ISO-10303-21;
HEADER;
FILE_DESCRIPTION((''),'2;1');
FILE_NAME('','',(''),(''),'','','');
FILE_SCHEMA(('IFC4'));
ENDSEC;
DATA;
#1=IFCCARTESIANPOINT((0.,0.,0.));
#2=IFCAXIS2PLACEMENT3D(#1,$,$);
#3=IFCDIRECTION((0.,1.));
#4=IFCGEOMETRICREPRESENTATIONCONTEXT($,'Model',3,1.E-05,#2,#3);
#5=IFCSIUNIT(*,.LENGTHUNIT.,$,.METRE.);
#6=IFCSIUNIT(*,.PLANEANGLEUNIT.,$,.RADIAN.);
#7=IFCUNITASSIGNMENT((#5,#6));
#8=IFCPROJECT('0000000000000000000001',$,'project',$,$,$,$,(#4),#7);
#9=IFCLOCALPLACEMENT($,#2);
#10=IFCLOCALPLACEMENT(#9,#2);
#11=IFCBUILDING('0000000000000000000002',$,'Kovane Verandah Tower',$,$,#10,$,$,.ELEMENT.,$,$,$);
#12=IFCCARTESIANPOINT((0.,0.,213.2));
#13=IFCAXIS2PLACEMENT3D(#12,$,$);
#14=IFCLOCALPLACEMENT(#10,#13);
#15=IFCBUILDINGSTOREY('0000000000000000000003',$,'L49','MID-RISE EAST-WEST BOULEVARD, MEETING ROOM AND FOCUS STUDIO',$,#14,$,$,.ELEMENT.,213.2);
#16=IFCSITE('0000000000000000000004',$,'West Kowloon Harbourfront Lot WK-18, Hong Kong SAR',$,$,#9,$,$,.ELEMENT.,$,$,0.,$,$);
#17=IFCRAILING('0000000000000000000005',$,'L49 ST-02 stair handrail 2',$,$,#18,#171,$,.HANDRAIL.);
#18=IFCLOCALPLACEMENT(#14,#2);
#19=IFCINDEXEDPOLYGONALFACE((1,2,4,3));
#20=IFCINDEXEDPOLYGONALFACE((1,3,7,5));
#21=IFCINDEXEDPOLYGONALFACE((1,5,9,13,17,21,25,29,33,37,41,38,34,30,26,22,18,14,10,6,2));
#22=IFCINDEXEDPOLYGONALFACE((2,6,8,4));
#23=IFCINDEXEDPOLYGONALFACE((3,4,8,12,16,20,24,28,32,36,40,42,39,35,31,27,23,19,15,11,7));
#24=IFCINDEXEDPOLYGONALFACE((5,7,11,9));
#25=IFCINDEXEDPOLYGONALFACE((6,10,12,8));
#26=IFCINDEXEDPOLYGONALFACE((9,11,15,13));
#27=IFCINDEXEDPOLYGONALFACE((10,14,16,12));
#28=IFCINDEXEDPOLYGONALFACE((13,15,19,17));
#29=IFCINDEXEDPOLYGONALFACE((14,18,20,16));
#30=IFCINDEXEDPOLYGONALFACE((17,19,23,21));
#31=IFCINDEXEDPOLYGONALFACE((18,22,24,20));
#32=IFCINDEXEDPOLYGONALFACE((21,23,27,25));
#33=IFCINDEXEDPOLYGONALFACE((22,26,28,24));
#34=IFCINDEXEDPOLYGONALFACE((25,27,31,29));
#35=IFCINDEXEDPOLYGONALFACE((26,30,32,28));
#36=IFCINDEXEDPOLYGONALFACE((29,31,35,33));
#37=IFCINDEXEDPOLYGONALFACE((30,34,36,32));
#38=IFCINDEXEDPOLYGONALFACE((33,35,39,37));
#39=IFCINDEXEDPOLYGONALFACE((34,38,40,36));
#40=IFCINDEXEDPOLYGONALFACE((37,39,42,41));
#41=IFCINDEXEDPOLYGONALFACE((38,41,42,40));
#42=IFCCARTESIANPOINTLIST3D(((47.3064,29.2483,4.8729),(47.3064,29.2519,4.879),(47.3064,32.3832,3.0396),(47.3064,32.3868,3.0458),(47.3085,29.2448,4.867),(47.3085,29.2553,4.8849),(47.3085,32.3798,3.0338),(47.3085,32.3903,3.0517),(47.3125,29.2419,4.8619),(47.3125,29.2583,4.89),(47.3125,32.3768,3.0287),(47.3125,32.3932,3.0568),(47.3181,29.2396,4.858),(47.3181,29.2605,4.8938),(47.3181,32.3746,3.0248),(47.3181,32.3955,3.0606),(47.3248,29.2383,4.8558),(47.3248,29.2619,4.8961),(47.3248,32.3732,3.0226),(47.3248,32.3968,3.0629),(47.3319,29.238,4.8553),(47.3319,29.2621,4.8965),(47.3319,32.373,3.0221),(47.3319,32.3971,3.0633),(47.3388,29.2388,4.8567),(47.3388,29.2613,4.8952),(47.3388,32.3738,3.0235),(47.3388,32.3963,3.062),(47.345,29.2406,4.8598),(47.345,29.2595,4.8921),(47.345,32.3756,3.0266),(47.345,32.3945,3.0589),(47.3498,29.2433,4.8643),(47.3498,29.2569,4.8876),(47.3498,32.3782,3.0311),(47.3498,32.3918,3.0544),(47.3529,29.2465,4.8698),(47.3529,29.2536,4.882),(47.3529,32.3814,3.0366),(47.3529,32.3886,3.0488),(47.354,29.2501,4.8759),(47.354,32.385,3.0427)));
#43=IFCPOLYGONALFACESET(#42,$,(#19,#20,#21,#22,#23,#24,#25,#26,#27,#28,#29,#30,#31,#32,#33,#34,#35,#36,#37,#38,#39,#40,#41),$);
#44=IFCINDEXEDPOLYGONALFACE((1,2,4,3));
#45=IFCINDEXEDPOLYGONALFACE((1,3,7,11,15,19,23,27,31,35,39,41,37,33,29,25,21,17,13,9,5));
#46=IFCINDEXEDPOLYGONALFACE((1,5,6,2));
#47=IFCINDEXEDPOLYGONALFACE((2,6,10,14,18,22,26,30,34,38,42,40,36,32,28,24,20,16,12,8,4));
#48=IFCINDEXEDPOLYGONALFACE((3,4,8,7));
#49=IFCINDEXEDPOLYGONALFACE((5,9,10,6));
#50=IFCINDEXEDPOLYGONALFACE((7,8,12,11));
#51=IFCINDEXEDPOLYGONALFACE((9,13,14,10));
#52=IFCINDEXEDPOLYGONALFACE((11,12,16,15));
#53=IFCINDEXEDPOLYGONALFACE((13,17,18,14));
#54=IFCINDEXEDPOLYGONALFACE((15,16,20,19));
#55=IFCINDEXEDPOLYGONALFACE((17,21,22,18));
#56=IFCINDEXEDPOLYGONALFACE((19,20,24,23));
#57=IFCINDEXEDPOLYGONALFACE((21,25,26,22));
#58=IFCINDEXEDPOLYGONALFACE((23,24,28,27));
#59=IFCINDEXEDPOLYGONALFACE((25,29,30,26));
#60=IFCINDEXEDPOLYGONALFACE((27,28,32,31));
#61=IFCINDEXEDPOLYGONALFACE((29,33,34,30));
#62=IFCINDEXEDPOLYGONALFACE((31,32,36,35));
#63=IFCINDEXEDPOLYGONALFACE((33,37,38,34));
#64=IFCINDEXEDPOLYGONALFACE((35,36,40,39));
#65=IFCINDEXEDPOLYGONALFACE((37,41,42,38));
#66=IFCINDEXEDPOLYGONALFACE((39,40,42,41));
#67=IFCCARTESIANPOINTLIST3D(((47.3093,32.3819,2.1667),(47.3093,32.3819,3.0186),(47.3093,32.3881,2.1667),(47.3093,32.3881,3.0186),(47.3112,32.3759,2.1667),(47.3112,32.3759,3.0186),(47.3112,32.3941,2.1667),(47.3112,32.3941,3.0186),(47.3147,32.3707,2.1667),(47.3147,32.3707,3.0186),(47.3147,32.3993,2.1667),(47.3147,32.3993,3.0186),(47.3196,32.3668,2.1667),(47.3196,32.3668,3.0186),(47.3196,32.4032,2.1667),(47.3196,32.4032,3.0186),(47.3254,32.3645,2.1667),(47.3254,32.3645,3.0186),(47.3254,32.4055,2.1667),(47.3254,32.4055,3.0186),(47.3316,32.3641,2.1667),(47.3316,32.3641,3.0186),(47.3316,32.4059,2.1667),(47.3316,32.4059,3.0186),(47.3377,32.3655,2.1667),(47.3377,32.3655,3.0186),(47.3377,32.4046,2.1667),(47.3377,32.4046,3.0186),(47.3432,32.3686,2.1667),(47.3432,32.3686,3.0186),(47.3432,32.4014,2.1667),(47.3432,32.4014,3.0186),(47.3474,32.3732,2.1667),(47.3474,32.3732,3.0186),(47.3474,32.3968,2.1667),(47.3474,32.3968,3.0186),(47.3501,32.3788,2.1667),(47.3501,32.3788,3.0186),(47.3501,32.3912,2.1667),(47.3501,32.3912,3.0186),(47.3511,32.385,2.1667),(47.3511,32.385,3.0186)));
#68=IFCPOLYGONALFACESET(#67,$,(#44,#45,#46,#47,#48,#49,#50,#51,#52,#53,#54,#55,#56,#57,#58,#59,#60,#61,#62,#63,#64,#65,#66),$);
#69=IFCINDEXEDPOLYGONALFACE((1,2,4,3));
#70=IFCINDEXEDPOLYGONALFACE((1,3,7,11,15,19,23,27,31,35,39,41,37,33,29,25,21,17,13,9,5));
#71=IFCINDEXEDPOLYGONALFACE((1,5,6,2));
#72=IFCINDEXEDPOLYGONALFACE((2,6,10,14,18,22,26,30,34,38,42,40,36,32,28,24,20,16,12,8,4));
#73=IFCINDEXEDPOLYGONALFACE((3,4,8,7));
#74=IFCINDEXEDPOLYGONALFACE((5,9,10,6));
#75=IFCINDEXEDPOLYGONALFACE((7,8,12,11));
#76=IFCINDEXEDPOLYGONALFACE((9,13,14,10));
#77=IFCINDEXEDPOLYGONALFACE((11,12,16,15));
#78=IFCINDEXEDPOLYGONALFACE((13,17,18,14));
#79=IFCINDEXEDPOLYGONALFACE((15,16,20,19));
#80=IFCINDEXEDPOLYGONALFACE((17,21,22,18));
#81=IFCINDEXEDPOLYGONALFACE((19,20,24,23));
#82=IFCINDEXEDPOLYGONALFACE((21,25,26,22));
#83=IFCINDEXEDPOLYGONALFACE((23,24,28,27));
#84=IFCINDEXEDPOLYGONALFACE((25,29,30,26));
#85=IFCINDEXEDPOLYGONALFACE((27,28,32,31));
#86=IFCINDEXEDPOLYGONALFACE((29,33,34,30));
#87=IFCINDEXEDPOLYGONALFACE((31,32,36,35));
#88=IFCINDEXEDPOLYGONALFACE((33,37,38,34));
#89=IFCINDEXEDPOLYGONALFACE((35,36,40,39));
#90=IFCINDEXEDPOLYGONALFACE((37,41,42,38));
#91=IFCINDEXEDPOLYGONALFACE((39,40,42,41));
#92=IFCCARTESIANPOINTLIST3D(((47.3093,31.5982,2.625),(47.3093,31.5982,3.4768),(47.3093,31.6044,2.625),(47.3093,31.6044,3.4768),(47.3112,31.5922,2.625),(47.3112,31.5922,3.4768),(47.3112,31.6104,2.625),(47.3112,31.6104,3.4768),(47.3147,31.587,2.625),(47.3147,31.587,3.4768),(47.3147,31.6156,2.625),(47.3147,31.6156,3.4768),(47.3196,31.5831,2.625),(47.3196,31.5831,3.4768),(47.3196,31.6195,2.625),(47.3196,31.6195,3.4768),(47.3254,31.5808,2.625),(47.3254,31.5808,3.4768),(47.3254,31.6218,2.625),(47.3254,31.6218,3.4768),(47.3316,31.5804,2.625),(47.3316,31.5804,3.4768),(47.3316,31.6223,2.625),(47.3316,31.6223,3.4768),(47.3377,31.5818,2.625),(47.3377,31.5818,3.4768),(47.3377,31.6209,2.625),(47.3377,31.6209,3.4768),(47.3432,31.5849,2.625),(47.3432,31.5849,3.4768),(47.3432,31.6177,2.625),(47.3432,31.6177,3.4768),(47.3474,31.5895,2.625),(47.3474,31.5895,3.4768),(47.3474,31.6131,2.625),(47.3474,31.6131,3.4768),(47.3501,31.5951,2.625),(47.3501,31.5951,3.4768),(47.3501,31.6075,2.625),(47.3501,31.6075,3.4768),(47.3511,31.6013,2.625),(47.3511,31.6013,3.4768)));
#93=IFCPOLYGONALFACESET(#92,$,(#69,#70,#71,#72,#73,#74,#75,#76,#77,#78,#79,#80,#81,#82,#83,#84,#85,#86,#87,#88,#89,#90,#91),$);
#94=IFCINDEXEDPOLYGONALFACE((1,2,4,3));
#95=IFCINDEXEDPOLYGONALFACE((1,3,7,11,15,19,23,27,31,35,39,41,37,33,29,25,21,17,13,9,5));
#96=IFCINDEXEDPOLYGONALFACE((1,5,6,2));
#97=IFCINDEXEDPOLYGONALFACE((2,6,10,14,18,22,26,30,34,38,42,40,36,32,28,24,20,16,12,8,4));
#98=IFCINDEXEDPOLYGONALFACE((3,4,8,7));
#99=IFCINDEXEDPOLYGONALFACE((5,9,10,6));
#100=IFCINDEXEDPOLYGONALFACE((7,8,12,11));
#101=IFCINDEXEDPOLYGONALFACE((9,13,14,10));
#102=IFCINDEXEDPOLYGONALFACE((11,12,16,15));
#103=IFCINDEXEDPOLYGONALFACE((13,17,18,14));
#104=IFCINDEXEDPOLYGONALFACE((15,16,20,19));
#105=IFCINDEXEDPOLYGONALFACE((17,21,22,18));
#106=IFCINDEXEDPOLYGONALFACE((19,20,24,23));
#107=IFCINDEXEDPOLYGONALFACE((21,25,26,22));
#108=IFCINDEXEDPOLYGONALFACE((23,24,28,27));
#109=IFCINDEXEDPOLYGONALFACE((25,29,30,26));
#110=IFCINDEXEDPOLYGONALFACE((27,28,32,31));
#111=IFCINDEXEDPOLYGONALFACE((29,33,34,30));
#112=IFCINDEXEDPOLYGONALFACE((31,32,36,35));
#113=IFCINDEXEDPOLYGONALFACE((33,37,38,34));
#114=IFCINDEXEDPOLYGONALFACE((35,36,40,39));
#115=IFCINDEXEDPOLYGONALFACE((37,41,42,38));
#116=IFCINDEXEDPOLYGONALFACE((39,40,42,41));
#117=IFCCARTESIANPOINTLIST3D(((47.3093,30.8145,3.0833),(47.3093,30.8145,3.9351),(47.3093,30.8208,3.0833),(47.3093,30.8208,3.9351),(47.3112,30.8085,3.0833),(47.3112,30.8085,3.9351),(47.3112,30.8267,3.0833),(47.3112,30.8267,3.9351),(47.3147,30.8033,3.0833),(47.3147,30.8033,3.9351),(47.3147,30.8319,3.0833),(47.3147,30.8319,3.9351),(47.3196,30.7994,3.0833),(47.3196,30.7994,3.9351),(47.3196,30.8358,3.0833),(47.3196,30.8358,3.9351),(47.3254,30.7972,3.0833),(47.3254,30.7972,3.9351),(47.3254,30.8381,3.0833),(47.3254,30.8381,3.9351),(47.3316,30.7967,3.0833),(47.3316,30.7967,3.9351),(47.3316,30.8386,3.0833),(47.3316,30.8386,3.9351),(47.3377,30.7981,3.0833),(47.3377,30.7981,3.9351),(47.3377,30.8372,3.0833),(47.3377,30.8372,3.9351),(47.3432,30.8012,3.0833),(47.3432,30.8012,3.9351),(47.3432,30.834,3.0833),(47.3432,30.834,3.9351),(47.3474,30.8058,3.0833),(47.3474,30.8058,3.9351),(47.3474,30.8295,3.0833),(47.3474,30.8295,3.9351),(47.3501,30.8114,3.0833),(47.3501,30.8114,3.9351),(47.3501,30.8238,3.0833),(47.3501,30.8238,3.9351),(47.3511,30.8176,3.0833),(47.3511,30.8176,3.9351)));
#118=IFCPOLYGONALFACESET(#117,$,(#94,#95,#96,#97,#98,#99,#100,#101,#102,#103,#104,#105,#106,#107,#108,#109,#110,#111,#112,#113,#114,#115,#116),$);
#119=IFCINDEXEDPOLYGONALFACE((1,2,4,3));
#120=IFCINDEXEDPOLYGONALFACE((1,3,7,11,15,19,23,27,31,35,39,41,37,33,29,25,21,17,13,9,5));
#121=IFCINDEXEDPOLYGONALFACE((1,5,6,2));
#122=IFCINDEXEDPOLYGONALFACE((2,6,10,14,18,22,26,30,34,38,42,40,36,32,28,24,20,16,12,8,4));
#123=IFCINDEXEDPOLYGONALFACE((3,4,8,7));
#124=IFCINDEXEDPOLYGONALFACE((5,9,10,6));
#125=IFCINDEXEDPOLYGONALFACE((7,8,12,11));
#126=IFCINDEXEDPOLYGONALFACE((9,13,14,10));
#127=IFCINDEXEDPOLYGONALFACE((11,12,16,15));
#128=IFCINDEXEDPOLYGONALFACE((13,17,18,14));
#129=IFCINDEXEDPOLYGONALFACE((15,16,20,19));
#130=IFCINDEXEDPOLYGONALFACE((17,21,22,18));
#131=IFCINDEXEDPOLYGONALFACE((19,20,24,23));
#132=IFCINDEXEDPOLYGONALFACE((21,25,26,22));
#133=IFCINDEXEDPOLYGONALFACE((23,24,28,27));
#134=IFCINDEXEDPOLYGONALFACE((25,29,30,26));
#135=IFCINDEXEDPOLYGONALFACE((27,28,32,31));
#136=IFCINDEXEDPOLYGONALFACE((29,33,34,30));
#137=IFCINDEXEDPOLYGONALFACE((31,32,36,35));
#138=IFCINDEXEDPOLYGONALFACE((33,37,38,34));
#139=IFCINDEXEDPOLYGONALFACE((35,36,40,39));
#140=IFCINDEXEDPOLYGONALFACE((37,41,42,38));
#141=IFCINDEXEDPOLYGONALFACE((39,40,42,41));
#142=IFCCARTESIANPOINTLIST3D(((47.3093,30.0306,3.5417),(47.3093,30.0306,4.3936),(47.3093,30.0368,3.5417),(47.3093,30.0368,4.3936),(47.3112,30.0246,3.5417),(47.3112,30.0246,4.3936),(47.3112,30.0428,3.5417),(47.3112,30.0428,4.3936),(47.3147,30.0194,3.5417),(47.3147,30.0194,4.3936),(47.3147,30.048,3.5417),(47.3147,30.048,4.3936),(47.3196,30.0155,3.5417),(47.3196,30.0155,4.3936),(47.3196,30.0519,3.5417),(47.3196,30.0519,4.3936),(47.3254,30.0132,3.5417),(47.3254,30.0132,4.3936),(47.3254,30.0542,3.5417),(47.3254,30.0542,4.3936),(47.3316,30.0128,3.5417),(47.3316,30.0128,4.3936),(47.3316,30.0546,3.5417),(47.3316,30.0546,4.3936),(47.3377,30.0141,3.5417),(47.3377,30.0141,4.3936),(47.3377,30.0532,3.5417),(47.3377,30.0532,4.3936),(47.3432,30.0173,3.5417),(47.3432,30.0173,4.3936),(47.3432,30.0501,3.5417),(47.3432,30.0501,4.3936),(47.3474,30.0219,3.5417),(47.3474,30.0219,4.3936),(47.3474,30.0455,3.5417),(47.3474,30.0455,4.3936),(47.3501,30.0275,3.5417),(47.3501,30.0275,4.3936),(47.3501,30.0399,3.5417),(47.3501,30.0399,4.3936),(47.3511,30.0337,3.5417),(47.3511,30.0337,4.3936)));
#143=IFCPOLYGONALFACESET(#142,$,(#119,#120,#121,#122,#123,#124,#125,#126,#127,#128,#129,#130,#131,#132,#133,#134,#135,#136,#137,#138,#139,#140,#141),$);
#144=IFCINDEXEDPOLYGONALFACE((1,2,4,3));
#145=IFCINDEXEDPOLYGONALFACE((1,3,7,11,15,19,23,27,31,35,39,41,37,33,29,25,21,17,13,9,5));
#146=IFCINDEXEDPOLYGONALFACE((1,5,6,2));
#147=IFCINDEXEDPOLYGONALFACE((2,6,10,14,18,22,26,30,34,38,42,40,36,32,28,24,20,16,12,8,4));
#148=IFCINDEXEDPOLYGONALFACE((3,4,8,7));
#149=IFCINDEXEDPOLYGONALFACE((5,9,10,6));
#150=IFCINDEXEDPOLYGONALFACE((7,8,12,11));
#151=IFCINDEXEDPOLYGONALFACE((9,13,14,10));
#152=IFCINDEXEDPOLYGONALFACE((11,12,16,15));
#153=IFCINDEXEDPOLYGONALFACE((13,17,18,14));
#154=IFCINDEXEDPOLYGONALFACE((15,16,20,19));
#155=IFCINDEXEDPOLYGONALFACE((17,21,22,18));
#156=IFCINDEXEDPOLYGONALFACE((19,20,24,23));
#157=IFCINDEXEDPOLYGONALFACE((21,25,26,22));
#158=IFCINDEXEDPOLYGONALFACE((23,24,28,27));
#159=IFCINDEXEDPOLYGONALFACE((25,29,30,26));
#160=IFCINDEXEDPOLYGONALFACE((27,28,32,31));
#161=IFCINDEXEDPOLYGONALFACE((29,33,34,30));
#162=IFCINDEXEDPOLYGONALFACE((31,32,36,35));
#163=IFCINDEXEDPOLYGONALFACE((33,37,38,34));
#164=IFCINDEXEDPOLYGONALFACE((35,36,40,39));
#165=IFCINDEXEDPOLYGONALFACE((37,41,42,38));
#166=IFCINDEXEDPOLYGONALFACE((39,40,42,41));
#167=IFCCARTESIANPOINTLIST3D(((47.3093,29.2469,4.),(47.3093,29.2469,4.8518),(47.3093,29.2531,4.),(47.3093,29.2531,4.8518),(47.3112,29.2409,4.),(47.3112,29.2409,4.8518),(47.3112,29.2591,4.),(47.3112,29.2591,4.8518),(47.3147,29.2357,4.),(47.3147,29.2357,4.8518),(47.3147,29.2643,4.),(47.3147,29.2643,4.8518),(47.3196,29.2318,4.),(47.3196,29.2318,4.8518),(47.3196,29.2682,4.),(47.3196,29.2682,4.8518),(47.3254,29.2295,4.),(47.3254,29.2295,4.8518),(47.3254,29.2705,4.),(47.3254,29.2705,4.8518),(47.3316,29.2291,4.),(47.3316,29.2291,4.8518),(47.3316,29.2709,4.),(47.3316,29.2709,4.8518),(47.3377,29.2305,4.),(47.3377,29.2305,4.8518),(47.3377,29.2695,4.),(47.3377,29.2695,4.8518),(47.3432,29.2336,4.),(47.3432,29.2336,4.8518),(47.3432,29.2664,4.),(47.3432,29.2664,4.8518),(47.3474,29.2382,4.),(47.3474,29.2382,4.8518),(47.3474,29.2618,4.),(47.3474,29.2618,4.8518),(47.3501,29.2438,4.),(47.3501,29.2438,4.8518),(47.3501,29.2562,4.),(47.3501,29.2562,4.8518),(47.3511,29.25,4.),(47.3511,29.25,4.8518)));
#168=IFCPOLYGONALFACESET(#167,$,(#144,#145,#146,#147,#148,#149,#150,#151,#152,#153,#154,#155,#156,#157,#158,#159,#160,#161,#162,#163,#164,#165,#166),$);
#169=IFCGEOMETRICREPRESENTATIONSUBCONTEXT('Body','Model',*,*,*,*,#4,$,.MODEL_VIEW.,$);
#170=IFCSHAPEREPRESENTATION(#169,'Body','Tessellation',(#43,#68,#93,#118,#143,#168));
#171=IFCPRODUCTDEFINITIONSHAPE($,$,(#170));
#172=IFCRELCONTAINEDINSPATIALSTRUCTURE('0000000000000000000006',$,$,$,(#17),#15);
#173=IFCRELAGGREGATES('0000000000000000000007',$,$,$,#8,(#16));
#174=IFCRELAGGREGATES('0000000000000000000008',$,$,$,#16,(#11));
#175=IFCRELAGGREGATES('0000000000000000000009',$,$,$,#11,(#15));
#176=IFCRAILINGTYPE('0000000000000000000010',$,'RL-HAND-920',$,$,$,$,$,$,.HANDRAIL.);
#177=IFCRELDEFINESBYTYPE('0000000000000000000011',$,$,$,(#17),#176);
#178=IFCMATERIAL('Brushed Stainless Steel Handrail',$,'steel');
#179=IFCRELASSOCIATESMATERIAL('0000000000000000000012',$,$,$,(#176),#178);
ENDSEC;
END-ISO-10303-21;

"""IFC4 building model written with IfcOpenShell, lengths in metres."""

from ifc_helpers import new_model, si_unit, direction, frame, origin, origin_2d, place, context, subcontext, project, spatial, circle, extrude, material, type_object, element, save


model = new_model("IFC4")

# Units and contexts
model_context = context("Model", 3, precision=1e-05, world=origin(), true_north=direction((0.0, 1.0)))
body_context = subcontext(model_context, "Body", "Model", "MODEL_VIEW")
ifc_project = project(units=[si_unit("LENGTHUNIT", "METRE"), si_unit("PLANEANGLEUNIT", "RADIAN")], contexts=[model_context])

# Site, building, storey
site_placement = place(None, origin())
site = spatial("IfcSite", under=ifc_project, at=site_placement, Name="West Kowloon Harbourfront Lot WK-18, Hong Kong SAR", CompositionType="ELEMENT", RefElevation=0.0)
building_placement = place(site_placement, origin())
building = spatial("IfcBuilding", under=site, at=building_placement, Name="Kovane Verandah Tower", CompositionType="ELEMENT")
storey_placement = place(building_placement, frame((0.0, 0.0, 213.2)))
storey = spatial("IfcBuildingStorey", under=building, at=storey_placement, Name="L49", Description="MID-RISE EAST-WEST BOULEVARD, MEETING ROOM AND FOCUS STUDIO", CompositionType="ELEMENT", Elevation=213.2)

# Railing
ifc_material_1 = material(Name="Brushed Stainless Steel Handrail", Category="steel")
railing_type_1 = type_object("IfcRailingType", Name="RL-HAND-920", PredefinedType="HANDRAIL", material=ifc_material_1)
railing_1_placement = place(storey_placement, frame((47.3301, 32.385, 2.1667)))
element("IfcRailing", 1, at=railing_1_placement, inside=storey, type_object=railing_type_1, Name="L49 ST-02 stair handrail 2", PredefinedType="HANDRAIL", context=body_context, shape_type="SweptSolid", body=[
    extrude(circle(Radius=0.0239, at=origin_2d()), frame((0.0, 0.0, 0.876), z_axis=(0.0, -0.86324, 0.504794), x_axis=(1.0, 0.0, 0.0)), (0.0, 0.0, 1.0), 3.6316),
    extrude(circle(Radius=0.021, at=origin_2d()), origin(), (0.0, 0.0, 1.0), 0.8518),
    extrude(circle(Radius=0.021, at=origin_2d()), frame((0.0, -0.7837, 0.4583)), (0.0, 0.0, 1.0), 0.8518),
    extrude(circle(Radius=0.021, at=origin_2d()), frame((0.0, -1.5674, 0.9165)), (0.0, 0.0, 1.0), 0.8518),
    extrude(circle(Radius=0.021, at=origin_2d()), frame((0.0, -2.3513, 1.375)), (0.0, 0.0, 1.0), 0.8518),
    extrude(circle(Radius=0.021, at=origin_2d()), frame((0.0, -3.135, 1.8333)), (0.0, 0.0, 1.0), 0.8518),
])

save(model, "model.ifc")
